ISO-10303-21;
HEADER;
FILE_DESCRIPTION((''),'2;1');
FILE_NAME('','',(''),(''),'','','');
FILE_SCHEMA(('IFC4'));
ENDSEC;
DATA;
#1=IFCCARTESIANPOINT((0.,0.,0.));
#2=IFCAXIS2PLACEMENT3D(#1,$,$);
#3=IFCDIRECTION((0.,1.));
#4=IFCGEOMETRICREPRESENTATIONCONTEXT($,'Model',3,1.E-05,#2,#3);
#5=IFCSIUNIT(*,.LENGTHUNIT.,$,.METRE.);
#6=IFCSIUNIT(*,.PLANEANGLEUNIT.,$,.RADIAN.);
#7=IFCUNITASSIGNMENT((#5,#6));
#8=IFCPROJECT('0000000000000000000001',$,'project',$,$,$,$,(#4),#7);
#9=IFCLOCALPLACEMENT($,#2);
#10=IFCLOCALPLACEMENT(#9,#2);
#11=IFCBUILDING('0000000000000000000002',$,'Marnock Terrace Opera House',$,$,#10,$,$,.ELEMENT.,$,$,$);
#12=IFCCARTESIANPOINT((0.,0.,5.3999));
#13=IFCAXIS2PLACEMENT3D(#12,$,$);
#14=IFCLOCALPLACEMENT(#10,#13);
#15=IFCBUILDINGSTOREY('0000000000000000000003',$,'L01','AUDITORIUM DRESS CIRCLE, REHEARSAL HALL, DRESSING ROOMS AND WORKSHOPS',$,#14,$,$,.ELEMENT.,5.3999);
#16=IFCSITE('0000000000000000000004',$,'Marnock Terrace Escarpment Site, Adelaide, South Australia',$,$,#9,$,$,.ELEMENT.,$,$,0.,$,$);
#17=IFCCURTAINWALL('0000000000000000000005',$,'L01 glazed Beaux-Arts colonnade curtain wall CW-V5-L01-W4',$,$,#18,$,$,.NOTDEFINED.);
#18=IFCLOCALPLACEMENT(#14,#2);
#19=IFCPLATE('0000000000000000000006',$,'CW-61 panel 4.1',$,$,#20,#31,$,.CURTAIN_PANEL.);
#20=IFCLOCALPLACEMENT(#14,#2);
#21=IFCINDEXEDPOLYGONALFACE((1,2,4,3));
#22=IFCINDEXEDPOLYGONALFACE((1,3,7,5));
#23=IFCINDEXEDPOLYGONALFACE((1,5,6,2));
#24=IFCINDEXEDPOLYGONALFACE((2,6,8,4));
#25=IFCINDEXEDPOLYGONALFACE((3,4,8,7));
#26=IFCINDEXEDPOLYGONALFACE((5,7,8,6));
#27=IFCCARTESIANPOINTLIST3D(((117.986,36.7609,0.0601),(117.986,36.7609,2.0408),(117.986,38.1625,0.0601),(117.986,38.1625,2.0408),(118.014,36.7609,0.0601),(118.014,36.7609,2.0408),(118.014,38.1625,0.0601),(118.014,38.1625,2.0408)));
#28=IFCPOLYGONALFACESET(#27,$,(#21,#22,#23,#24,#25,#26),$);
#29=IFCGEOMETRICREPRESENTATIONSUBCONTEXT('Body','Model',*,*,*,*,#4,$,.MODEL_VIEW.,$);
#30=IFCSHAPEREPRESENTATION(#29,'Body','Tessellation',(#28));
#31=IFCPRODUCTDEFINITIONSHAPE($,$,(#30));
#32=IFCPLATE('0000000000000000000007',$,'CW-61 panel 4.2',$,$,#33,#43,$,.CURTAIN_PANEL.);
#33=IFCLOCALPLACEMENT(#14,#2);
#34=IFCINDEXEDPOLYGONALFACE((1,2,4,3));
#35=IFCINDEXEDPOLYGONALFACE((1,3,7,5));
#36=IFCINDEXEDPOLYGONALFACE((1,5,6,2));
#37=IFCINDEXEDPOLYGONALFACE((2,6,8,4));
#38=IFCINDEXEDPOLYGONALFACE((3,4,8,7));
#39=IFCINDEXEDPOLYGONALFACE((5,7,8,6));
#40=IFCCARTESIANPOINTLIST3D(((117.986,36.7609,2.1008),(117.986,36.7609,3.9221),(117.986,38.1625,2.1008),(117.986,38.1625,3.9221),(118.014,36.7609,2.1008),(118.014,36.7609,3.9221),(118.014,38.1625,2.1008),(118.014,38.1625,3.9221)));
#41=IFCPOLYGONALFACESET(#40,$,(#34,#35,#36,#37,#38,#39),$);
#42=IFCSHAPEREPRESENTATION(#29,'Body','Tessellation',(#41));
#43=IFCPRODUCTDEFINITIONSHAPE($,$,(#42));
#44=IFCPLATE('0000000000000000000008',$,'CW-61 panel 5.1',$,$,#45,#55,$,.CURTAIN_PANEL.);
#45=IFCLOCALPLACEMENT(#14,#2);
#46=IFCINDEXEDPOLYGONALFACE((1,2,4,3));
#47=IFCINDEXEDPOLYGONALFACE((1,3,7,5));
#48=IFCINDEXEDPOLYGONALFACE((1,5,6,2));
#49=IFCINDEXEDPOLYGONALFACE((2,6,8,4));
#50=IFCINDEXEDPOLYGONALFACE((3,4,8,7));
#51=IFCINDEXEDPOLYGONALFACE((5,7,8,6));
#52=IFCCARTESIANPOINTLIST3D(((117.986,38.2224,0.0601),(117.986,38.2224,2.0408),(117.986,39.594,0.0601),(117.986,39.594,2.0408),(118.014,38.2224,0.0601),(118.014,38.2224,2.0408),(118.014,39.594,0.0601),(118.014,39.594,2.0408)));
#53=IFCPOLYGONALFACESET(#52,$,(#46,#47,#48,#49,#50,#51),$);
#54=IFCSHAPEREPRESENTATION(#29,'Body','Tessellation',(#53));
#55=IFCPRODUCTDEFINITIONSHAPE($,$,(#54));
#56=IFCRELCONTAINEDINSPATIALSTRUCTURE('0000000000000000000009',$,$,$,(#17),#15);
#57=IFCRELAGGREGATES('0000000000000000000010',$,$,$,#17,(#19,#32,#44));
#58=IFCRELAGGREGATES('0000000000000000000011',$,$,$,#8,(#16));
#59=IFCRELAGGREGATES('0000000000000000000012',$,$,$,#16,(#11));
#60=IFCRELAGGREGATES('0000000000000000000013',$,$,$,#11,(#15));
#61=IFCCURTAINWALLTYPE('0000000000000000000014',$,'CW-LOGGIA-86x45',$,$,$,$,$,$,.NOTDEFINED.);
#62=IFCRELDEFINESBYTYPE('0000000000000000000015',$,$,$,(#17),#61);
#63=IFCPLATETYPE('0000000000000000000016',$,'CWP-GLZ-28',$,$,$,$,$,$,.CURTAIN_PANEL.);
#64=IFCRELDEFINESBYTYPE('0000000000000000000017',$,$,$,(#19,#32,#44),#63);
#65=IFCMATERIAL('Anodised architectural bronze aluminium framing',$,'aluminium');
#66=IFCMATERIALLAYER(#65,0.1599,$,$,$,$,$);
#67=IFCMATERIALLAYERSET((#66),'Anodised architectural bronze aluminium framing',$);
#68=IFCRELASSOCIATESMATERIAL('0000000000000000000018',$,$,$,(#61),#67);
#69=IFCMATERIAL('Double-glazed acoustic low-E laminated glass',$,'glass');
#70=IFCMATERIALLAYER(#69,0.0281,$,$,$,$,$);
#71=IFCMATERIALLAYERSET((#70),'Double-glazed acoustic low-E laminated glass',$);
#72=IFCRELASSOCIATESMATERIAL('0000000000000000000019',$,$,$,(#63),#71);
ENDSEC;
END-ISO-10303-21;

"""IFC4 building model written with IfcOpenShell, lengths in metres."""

from ifc_helpers import new_model, si_unit, direction, frame, origin, origin_2d, place, context, subcontext, project, spatial, rectangle, extrude, material, layer, layer_set, type_object, element, aggregate, save


model = new_model("IFC4")

# Units and contexts
model_context = context("Model", 3, precision=1e-05, world=origin(), true_north=direction((0.0, 1.0)))
body_context = subcontext(model_context, "Body", "Model", "MODEL_VIEW")
ifc_project = project(units=[si_unit("LENGTHUNIT", "METRE"), si_unit("PLANEANGLEUNIT", "RADIAN")], contexts=[model_context])

# Site, building, storey
site_placement = place(None, origin())
site = spatial("IfcSite", under=ifc_project, at=site_placement, Name="Marnock Terrace Escarpment Site, Adelaide, South Australia", CompositionType="ELEMENT", RefElevation=0.0)
building_placement = place(site_placement, origin())
building = spatial("IfcBuilding", under=site, at=building_placement, Name="Marnock Terrace Opera House", CompositionType="ELEMENT")
storey_placement = place(building_placement, frame((0.0, 0.0, 5.3999)))
storey = spatial("IfcBuildingStorey", under=building, at=storey_placement, Name="L01", Description="AUDITORIUM DRESS CIRCLE, REHEARSAL HALL, DRESSING ROOMS AND WORKSHOPS", CompositionType="ELEMENT", Elevation=5.3999)

# Curtain wall, plates
ifc_material_1 = material(Name="Anodised architectural bronze aluminium framing", Category="aluminium")
ifc_layer_1 = layer(ifc_material_1, 0.1599)
ifc_layer_set_1 = layer_set([ifc_layer_1], Name="Anodised architectural bronze aluminium framing")
curtain_wall_type = type_object("IfcCurtainWallType", Name="CW-LOGGIA-86x45", PredefinedType="NOTDEFINED", material=ifc_layer_set_1)
curtain_wall_placement = place(storey_placement, origin())
curtain_wall = element("IfcCurtainWall", 1, at=curtain_wall_placement, inside=storey, type_object=curtain_wall_type, Name="L01 glazed Beaux-Arts colonnade curtain wall CW-V5-L01-W4", PredefinedType="NOTDEFINED")
ifc_material_2 = material(Name="Double-glazed acoustic low-E laminated glass", Category="glass")
ifc_layer_2 = layer(ifc_material_2, 0.0281)
ifc_layer_set_2 = layer_set([ifc_layer_2], Name="Double-glazed acoustic low-E laminated glass")
plate_type = type_object("IfcPlateType", Name="CWP-GLZ-28", PredefinedType="CURTAIN_PANEL", material=ifc_layer_set_2)
plate_1_placement = place(storey_placement, frame((118.0, 37.4617, 0.0601), z_axis=(0.0, 0.0, 1.0), x_axis=(0.0, 1.0, 0.0)))
plate_1 = element("IfcPlate", 2, at=plate_1_placement, type_object=plate_type, Name="CW-61 panel 4.1", PredefinedType="CURTAIN_PANEL", context=body_context, shape_type="SweptSolid", body=[
    extrude(rectangle(XDim=1.4016, YDim=0.0281, at=origin_2d()), origin(), (0.0, 0.0, 1.0), 1.9807),
])
plate_2_placement = place(storey_placement, frame((118.0, 37.4617, 2.1008), z_axis=(0.0, 0.0, 1.0), x_axis=(0.0, 1.0, 0.0)))
plate_2 = element("IfcPlate", 3, at=plate_2_placement, type_object=plate_type, Name="CW-61 panel 4.2", PredefinedType="CURTAIN_PANEL", context=body_context, shape_type="SweptSolid", body=[
    extrude(rectangle(XDim=1.4016, YDim=0.0281, at=origin_2d()), origin(), (0.0, 0.0, 1.0), 1.8213),
])
plate_3_placement = place(storey_placement, frame((118.0, 38.9082, 0.0601), z_axis=(0.0, 0.0, 1.0), x_axis=(0.0, 1.0, 0.0)))
plate_3 = element("IfcPlate", 4, at=plate_3_placement, type_object=plate_type, Name="CW-61 panel 5.1", PredefinedType="CURTAIN_PANEL", context=body_context, shape_type="SweptSolid", body=[
    extrude(rectangle(XDim=1.3716, YDim=0.0281, at=origin_2d()), origin(), (0.0, 0.0, 1.0), 1.9807),
])
aggregate(curtain_wall, [plate_1, plate_2, plate_3])

save(model, "model.ifc")
